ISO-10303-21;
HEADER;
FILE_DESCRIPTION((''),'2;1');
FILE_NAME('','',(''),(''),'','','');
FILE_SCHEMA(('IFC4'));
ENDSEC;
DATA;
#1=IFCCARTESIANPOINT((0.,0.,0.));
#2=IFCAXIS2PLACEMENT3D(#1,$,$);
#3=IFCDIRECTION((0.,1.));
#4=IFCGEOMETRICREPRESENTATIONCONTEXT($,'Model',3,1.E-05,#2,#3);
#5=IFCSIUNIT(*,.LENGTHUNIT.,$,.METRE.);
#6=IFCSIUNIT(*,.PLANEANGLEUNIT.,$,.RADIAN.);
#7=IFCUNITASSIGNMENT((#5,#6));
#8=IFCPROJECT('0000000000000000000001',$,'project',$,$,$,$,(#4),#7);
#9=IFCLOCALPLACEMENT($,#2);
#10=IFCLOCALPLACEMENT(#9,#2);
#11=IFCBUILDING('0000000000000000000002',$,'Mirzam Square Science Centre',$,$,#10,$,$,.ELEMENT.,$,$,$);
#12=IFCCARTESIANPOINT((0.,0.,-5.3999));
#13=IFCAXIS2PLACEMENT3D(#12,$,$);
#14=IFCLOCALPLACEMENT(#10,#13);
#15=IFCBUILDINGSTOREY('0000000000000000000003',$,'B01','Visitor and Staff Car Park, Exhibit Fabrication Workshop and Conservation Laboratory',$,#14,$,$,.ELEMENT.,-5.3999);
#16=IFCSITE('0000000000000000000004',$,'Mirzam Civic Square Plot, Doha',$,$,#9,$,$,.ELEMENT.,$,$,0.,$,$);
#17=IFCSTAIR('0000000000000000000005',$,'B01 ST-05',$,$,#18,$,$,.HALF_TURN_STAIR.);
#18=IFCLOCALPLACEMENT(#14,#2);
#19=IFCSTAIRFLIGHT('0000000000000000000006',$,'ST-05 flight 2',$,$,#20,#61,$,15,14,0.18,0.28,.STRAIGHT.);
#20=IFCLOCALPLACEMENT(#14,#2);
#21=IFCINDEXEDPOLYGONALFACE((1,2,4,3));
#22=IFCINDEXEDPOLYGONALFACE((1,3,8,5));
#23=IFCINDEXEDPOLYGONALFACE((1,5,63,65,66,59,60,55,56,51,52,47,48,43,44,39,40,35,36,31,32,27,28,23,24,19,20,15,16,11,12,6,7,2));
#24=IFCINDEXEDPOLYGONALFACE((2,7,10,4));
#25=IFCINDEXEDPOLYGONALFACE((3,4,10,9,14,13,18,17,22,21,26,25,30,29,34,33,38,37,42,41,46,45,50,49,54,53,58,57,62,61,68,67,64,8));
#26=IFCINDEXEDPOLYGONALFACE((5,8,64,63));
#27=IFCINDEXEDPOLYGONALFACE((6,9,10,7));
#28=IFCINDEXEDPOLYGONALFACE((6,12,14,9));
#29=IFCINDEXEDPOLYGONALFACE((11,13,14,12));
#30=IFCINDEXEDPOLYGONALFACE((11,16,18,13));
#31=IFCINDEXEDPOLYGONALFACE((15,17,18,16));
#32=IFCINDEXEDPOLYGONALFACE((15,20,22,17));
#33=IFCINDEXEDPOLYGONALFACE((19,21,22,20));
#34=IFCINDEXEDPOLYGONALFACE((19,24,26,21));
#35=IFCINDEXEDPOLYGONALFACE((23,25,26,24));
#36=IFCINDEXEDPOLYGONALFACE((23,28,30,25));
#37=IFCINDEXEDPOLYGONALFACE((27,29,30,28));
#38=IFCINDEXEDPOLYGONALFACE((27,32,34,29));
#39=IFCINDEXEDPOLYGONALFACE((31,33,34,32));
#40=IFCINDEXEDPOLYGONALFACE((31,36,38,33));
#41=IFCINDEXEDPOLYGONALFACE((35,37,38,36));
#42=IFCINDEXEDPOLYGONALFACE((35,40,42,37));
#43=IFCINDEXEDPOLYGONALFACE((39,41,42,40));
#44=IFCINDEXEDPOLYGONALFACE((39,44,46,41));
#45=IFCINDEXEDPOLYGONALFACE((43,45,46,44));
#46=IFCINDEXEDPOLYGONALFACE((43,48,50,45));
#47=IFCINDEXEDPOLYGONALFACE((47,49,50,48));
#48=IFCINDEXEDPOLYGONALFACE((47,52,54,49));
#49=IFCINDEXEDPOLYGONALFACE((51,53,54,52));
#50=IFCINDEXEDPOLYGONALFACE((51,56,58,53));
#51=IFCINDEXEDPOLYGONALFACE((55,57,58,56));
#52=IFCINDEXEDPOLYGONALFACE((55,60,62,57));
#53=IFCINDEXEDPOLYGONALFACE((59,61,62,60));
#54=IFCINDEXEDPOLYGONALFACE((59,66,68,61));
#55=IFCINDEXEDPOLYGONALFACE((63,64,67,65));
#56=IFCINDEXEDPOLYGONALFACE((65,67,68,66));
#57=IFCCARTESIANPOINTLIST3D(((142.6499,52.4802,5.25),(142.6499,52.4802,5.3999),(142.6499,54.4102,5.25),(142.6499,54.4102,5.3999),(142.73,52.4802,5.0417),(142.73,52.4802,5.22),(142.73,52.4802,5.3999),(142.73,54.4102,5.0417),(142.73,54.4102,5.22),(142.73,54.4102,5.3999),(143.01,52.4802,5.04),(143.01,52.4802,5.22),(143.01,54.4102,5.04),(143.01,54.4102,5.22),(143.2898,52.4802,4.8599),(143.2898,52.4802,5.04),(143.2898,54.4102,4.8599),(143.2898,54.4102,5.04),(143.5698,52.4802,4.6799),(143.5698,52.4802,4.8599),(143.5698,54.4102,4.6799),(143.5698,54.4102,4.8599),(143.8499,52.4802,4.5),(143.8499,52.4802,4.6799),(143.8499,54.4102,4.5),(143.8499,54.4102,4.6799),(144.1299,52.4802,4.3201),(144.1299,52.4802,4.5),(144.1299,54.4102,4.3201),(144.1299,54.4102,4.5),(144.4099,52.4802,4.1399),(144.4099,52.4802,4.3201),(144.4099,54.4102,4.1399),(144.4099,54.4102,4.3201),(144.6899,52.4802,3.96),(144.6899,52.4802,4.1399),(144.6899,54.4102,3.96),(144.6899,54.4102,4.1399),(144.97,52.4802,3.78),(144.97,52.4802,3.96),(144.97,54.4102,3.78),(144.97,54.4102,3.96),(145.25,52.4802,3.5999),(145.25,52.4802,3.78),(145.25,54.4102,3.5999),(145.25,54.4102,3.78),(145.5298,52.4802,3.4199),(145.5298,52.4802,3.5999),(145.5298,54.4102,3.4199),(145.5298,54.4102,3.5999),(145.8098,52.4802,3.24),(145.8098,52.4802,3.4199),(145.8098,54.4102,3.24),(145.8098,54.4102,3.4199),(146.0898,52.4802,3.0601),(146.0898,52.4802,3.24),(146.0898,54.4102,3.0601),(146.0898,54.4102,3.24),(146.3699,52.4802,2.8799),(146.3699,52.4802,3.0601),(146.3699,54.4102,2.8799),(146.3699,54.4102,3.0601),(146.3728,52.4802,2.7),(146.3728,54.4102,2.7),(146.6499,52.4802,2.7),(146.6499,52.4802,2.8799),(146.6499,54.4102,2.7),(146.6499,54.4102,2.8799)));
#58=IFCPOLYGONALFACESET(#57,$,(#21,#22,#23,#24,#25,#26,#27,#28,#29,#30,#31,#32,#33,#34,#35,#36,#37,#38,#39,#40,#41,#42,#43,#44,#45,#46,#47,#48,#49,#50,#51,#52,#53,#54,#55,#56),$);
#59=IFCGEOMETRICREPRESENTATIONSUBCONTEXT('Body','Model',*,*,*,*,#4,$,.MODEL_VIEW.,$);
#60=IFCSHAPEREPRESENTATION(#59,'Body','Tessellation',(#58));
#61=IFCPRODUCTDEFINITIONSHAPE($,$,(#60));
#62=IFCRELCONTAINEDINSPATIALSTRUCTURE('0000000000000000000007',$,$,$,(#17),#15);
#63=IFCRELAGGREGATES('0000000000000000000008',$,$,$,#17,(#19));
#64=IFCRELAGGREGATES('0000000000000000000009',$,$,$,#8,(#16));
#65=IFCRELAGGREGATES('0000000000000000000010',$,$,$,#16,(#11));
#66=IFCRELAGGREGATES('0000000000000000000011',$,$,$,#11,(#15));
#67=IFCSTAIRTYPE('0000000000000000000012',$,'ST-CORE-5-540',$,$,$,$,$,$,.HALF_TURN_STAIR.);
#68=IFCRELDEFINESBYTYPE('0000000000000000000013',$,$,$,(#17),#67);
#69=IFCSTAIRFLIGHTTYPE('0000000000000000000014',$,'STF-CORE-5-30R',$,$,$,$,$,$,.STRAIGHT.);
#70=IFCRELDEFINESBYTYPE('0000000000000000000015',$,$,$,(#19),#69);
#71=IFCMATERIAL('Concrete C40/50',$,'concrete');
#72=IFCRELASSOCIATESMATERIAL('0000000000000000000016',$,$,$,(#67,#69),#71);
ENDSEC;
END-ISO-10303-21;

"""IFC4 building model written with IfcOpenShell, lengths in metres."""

from ifc_helpers import new_model, si_unit, direction, frame, origin, place, context, subcontext, project, spatial, polyline, outline, extrude, material, type_object, element, aggregate, save


model = new_model("IFC4")

# Units and contexts
model_context = context("Model", 3, precision=1e-05, world=origin(), true_north=direction((0.0, 1.0)))
body_context = subcontext(model_context, "Body", "Model", "MODEL_VIEW")
ifc_project = project(units=[si_unit("LENGTHUNIT", "METRE"), si_unit("PLANEANGLEUNIT", "RADIAN")], contexts=[model_context])

# Site, building, storey
site_placement = place(None, origin())
site = spatial("IfcSite", under=ifc_project, at=site_placement, Name="Mirzam Civic Square Plot, Doha", CompositionType="ELEMENT", RefElevation=0.0)
building_placement = place(site_placement, origin())
building = spatial("IfcBuilding", under=site, at=building_placement, Name="Mirzam Square Science Centre", CompositionType="ELEMENT")
storey_placement = place(building_placement, frame((0.0, 0.0, -5.3999)))
storey = spatial("IfcBuildingStorey", under=building, at=storey_placement, Name="B01", Description="Visitor and Staff Car Park, Exhibit Fabrication Workshop and Conservation Laboratory", CompositionType="ELEMENT", Elevation=-5.3999)

# Stair, stair flight
ifc_material_1 = material(Name="Concrete C40/50", Category="concrete")
stair_type = type_object("IfcStairType", Name="ST-CORE-5-540", PredefinedType="HALF_TURN_STAIR", material=ifc_material_1)
stair_placement = place(storey_placement, origin())
stair = element("IfcStair", 1, at=stair_placement, inside=storey, type_object=stair_type, Name="B01 ST-05", PredefinedType="HALF_TURN_STAIR")
stair_flight_type = type_object("IfcStairFlightType", Name="STF-CORE-5-30R", PredefinedType="STRAIGHT", material=ifc_material_1)
stair_flight_1_placement = place(storey_placement, frame((146.6499, 53.4451, 2.7), z_axis=(0.0, 0.0, 1.0), x_axis=(-1.0, 0.0, 0.0)))
stair_flight_1 = element("IfcStairFlight", 2, at=stair_flight_1_placement, type_object=stair_flight_type, Name="ST-05 flight 2", NumberOfRisers=15, NumberOfTreads=14, PredefinedType="STRAIGHT", RiserHeight=0.18, TreadLength=0.28, context=body_context, shape_type="SweptSolid", body=[
    extrude(outline(polyline([(0.0, 0.0), (0.0, 0.1799), (0.28, 0.1799), (0.28, 0.3601), (0.5601, 0.3601), (0.5601, 0.54), (0.8401, 0.54), (0.8401, 0.72), (1.1201, 0.72), (1.1201, 0.8999), (1.3999, 0.8999), (1.3999, 1.0801), (1.6799, 1.0801), (1.6799, 1.26), (1.96, 1.26), (1.96, 1.4399), (2.24, 1.4399), (2.24, 1.6201), (2.52, 1.6201), (2.52, 1.8), (2.8, 1.8), (2.8, 1.98), (3.0801, 1.98), (3.0801, 2.1599), (3.3601, 2.1599), (3.3601, 2.3401), (3.6399, 2.3401), (3.6399, 2.52), (3.9199, 2.52), (3.9199, 2.7), (4.0, 2.7), (4.0, 2.55), (3.9199, 2.3418), (0.2771, 0.0), (0.0, 0.0)])), frame((0.0, 0.9648, 0.0), z_axis=(0.0, -1.0, 0.0), x_axis=(1.0, 0.0, 0.0)), (0.0, 0.0, 1.0), 1.9299),
])
aggregate(stair, [stair_flight_1])

save(model, "model.ifc")
